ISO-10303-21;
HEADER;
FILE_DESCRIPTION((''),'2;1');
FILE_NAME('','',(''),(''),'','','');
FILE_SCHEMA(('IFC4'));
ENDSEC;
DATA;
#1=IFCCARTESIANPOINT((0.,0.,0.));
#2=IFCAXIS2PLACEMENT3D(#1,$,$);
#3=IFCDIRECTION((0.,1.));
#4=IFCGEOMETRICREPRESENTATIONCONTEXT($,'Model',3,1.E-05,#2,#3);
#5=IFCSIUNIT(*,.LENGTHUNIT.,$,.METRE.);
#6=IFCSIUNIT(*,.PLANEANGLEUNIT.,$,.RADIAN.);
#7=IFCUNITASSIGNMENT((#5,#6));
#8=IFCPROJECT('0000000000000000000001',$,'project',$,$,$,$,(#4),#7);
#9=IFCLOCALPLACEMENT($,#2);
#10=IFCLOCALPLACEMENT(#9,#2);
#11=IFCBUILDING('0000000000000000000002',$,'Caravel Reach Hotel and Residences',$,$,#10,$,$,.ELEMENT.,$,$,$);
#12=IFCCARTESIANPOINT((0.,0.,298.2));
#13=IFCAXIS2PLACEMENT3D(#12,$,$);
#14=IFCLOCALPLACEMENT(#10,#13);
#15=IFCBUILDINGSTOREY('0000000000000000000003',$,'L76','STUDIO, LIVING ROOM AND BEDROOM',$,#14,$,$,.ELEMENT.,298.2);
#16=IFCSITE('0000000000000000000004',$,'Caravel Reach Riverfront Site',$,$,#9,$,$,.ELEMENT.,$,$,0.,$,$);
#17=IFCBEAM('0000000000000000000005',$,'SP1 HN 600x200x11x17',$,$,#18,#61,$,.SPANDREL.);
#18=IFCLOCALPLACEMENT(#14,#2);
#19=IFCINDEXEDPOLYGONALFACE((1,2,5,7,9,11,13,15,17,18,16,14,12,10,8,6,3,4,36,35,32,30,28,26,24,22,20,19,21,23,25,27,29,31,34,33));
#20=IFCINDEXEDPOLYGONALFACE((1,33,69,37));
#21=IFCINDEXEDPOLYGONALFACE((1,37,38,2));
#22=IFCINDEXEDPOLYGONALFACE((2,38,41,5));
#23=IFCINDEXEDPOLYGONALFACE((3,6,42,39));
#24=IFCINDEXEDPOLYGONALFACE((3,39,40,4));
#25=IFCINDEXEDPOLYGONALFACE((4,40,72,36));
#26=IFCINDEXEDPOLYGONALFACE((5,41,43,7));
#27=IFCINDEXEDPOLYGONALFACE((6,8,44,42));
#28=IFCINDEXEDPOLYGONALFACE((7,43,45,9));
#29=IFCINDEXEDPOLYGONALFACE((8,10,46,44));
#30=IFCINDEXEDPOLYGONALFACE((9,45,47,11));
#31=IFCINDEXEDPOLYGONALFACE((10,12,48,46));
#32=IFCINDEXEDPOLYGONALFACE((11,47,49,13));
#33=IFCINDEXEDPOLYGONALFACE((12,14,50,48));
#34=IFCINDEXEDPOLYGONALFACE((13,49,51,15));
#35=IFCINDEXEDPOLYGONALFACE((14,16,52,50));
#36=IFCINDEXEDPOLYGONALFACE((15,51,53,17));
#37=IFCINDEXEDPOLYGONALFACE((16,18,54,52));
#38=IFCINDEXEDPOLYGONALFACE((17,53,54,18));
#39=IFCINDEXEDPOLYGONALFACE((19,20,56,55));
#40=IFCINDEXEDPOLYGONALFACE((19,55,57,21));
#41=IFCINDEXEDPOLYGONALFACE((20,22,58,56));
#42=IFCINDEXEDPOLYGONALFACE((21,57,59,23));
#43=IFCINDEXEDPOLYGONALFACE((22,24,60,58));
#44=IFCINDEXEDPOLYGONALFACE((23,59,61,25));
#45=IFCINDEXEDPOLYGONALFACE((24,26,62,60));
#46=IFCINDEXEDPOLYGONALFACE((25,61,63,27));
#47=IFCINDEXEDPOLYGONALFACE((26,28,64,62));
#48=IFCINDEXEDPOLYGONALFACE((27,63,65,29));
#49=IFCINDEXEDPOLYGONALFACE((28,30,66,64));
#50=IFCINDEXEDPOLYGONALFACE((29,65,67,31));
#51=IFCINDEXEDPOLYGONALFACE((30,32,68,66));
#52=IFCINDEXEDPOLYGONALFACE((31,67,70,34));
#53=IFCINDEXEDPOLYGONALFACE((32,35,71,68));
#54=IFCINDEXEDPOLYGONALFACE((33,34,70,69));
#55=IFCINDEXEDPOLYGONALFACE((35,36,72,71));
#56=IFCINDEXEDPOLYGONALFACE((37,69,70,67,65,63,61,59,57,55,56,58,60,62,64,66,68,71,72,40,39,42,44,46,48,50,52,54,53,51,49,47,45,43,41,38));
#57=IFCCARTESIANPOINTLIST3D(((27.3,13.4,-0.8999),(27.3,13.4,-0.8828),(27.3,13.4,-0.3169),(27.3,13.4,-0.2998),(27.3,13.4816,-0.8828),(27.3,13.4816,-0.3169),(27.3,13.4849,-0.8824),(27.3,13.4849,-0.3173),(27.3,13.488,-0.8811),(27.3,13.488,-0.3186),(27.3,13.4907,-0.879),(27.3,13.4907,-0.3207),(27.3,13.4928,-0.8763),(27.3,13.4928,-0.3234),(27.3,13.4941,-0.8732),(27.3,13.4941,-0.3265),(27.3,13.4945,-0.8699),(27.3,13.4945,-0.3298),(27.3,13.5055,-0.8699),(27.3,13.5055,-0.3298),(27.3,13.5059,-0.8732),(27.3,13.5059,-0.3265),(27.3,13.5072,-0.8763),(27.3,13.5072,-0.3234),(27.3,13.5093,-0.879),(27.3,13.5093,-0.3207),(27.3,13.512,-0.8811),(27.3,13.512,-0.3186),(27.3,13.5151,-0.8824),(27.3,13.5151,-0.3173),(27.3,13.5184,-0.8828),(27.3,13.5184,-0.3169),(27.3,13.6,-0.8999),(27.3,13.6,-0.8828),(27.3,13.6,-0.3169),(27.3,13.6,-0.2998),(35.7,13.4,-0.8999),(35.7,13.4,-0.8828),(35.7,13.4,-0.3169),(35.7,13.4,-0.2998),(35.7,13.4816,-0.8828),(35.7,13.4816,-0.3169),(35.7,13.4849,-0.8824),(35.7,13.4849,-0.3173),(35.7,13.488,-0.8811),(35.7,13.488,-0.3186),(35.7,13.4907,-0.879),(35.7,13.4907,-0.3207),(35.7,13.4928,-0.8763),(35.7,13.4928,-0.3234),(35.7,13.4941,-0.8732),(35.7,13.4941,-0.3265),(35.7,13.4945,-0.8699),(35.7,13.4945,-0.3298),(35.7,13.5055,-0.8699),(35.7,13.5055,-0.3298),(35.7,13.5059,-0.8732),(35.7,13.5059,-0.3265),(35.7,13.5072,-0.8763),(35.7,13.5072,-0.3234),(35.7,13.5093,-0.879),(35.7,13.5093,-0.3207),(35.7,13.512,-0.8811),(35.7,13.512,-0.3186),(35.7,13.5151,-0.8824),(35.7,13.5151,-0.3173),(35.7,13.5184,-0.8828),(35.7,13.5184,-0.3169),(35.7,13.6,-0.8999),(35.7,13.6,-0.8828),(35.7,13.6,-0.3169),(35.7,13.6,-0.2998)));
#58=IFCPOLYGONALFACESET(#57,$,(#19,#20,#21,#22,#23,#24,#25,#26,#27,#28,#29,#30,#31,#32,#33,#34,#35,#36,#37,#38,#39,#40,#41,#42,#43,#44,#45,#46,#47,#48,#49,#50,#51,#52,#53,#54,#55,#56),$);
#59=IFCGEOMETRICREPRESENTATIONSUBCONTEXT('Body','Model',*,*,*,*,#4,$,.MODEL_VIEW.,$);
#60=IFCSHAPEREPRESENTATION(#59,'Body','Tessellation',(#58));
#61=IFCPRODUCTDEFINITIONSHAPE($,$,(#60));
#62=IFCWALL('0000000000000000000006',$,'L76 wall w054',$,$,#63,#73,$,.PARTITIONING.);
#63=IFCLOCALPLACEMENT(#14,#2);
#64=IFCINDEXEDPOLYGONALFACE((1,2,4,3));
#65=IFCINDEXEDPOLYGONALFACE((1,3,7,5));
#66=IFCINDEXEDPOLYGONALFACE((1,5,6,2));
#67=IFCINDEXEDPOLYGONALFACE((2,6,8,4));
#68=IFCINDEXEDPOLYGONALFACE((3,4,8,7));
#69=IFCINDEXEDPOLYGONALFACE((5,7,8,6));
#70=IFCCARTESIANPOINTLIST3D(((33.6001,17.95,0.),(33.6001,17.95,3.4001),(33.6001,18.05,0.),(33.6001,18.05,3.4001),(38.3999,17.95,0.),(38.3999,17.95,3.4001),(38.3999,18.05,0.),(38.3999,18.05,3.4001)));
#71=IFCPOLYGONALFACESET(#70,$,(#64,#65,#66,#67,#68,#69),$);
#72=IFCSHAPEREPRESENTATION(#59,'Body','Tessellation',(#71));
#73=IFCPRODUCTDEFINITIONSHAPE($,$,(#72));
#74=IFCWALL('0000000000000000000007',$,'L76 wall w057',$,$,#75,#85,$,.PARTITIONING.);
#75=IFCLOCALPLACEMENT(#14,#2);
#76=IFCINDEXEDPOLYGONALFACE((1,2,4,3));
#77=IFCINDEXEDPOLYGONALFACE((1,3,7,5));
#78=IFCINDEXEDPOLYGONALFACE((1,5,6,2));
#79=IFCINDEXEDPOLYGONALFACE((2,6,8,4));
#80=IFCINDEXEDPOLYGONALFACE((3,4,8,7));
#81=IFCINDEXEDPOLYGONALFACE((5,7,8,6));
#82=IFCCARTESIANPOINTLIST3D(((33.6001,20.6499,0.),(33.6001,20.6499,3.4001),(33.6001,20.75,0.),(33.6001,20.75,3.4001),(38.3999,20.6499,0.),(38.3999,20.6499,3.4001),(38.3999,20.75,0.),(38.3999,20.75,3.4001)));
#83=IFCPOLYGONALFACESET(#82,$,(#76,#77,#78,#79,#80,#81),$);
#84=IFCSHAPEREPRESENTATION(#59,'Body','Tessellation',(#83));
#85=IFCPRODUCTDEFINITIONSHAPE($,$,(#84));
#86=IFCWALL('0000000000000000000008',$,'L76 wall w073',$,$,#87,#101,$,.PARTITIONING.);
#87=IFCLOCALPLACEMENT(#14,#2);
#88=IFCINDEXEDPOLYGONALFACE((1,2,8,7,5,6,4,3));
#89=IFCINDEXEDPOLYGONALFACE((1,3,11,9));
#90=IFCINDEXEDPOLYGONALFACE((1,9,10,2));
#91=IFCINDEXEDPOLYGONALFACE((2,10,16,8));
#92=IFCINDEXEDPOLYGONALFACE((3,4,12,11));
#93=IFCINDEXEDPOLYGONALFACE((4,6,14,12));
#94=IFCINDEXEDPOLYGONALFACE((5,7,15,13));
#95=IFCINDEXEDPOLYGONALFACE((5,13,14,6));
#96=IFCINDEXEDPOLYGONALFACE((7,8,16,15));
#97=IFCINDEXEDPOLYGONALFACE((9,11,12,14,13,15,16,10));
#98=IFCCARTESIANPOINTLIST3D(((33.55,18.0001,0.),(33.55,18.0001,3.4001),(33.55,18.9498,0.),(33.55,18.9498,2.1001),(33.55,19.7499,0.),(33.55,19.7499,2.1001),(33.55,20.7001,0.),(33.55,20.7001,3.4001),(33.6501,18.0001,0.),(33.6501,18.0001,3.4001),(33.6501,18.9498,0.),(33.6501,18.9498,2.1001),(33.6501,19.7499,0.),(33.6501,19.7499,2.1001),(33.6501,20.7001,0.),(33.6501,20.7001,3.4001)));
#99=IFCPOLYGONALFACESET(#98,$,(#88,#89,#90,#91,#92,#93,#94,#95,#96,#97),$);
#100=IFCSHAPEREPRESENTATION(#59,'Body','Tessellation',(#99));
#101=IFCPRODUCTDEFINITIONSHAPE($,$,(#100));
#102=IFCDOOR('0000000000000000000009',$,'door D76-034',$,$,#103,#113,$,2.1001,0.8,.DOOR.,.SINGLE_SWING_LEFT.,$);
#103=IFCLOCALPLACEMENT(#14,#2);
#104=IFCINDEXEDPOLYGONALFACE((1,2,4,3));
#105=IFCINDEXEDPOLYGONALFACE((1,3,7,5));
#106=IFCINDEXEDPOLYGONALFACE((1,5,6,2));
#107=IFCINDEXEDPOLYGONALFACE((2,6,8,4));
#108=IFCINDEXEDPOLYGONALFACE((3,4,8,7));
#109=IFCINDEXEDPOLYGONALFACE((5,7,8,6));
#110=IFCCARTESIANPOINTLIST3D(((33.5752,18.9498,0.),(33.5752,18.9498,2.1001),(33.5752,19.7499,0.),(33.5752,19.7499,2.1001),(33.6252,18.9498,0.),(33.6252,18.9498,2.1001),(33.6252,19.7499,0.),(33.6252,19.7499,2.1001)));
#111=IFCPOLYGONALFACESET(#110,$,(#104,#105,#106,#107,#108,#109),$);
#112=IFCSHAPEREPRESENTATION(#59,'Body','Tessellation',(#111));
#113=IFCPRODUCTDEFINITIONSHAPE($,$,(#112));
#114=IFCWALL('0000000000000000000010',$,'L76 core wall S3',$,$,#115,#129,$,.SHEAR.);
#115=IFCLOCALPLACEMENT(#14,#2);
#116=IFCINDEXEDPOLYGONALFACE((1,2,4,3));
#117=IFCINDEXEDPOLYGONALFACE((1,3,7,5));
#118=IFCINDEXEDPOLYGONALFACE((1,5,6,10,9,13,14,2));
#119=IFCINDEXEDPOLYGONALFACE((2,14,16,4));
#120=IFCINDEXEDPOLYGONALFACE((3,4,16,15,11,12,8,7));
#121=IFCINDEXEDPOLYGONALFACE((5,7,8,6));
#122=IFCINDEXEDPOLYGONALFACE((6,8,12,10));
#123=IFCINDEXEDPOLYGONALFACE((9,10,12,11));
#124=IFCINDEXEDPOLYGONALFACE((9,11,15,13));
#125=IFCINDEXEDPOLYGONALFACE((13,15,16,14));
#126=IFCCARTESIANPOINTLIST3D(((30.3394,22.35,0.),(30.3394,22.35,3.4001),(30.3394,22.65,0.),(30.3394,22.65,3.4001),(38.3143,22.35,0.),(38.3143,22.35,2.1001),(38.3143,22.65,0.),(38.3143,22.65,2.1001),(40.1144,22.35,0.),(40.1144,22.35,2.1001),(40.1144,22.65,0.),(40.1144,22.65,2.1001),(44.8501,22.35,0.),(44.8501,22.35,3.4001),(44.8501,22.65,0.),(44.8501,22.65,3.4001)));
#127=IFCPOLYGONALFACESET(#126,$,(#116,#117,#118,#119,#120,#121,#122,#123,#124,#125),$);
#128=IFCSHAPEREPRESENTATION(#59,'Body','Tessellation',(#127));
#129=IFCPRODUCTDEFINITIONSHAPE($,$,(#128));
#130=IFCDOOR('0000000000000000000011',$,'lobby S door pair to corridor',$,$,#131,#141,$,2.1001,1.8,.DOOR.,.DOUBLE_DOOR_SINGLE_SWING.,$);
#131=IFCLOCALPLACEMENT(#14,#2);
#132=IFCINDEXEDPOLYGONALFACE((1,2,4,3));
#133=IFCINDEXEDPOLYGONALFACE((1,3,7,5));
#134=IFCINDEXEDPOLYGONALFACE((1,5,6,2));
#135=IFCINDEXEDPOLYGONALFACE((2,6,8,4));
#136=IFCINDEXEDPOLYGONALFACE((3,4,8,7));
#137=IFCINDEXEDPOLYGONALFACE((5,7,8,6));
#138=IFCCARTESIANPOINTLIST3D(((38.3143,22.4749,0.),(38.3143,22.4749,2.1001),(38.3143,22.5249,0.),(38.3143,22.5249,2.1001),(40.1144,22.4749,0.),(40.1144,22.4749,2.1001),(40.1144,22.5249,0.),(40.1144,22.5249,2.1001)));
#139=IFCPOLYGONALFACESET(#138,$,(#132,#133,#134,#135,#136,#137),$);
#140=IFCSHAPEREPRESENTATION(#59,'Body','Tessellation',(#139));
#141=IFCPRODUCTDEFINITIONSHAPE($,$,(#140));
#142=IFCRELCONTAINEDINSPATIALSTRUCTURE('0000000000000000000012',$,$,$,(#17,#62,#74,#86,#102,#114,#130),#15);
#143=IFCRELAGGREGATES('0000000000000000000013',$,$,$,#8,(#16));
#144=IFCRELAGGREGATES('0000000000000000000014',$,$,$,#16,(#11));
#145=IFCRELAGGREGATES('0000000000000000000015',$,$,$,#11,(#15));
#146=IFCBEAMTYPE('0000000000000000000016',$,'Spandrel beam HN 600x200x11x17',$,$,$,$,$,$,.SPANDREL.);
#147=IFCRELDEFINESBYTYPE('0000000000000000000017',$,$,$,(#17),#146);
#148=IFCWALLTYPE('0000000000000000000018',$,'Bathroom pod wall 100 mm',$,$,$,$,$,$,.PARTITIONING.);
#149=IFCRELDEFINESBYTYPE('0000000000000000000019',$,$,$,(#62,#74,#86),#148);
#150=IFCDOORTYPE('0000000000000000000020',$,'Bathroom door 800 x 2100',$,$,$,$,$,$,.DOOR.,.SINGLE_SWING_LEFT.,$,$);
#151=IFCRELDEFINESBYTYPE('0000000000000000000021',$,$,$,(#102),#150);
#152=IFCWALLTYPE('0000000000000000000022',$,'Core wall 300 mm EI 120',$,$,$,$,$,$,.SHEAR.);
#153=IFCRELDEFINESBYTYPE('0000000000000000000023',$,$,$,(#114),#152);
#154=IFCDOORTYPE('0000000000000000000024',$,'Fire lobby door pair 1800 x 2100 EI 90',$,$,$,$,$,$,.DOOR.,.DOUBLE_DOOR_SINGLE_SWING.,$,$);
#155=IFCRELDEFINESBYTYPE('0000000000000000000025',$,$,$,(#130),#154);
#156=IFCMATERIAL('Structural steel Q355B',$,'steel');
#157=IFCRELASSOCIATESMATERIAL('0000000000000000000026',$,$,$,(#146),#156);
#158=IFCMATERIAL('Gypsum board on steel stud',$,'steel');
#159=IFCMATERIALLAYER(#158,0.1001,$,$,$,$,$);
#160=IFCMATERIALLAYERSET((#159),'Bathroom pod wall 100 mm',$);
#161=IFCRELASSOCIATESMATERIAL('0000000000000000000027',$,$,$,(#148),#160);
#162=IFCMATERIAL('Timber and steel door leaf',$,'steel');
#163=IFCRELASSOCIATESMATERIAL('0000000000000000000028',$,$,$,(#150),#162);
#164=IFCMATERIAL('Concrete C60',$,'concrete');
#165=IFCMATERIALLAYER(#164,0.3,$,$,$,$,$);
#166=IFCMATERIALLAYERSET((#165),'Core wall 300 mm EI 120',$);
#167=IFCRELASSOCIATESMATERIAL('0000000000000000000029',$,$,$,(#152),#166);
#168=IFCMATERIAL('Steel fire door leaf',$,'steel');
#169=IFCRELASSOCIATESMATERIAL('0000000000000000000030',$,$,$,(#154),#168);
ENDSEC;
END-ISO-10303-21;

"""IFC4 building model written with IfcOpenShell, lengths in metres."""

from ifc_helpers import new_model, si_unit, direction, frame, frame_2d, origin, origin_2d, place, context, subcontext, project, spatial, rectangle, i_section, extrude, material, layer, layer_set, material_profile, profile_set, type_object, element, fill, save


model = new_model("IFC4")

# Units and contexts
model_context = context("Model", 3, precision=1e-05, world=origin(), true_north=direction((0.0, 1.0)))
body_context = subcontext(model_context, "Body", "Model", "MODEL_VIEW")
ifc_project = project(units=[si_unit("LENGTHUNIT", "METRE"), si_unit("PLANEANGLEUNIT", "RADIAN")], contexts=[model_context])

# Site, building, storey
site_placement = place(None, origin())
site = spatial("IfcSite", under=ifc_project, at=site_placement, Name="Caravel Reach Riverfront Site", CompositionType="ELEMENT", RefElevation=0.0)
building_placement = place(site_placement, origin())
building = spatial("IfcBuilding", under=site, at=building_placement, Name="Caravel Reach Hotel and Residences", CompositionType="ELEMENT")
storey_placement = place(building_placement, frame((0.0, 0.0, 298.2)))
storey = spatial("IfcBuildingStorey", under=building, at=storey_placement, Name="L76", Description="STUDIO, LIVING ROOM AND BEDROOM", CompositionType="ELEMENT", Elevation=298.2)

# Beam
ifc_material_1 = material(Name="Structural steel Q355B", Category="steel")
ifc_material_profile = material_profile(ifc_material_1, i_section(OverallWidth=0.2, OverallDepth=0.6001, WebThickness=0.011, FlangeThickness=0.0171, FilletRadius=0.0129, at=origin_2d()), Name="HN 600x200x11x17")
ifc_profile_set = profile_set([ifc_material_profile], Name="Structural steel Q355B")
beam_type = type_object("IfcBeamType", Name="Spandrel beam HN 600x200x11x17", PredefinedType="SPANDREL", material=ifc_profile_set)
beam_placement = place(storey_placement, frame((27.3, 13.5, -0.5999), z_axis=(1.0, 0.0, 0.0), x_axis=(0.0, 1.0, 0.0)))
element("IfcBeam", 1, at=beam_placement, inside=storey, type_object=beam_type, Name="SP1 HN 600x200x11x17", PredefinedType="SPANDREL", context=body_context, shape_type="SweptSolid", body=[
    extrude(i_section(OverallWidth=0.2, OverallDepth=0.6001, WebThickness=0.011, FlangeThickness=0.0171, FilletRadius=0.0129, at=origin_2d()), origin(), (0.0, 0.0, 1.0), 8.3999),
])

# Walls
ifc_material_2 = material(Name="Gypsum board on steel stud", Category="steel")
ifc_layer_1 = layer(ifc_material_2, 0.1001)
ifc_layer_set_1 = layer_set([ifc_layer_1], Name="Bathroom pod wall 100 mm")
wall_type_1 = type_object("IfcWallType", Name="Bathroom pod wall 100 mm", PredefinedType="PARTITIONING", material=ifc_layer_set_1)
for number, where, z_axis, x_axis, name in (
    (2, (33.6001, 18.0, 0.0), (0.0, 0.0, 1.0), (1.0, 0.0, 0.0), "L76 wall w054"),
    (3, (33.6001, 20.7, 0.0), (0.0, 0.0, 1.0), (1.0, 0.0, 0.0), "L76 wall w057"),
):
    element("IfcWall", number, at=place(storey_placement, frame(where, z_axis=z_axis, x_axis=x_axis)), inside=storey, type_object=wall_type_1, Name=name, PredefinedType="PARTITIONING", context=body_context, shape_type="SweptSolid", body=[
        extrude(rectangle(XDim=4.7998, YDim=0.1001, at=frame_2d((2.3999, 0.0))), origin(), (0.0, 0.0, 1.0), 3.4001),
    ])

# Walls, openings, doors
wall_1_placement = place(storey_placement, frame((33.6001, 18.0, 0.0), z_axis=(0.0, 0.0, 1.0), x_axis=(0.0, 1.0, 0.0)))
wall_1 = element("IfcWall", 4, at=wall_1_placement, inside=storey, type_object=wall_type_1, Name="L76 wall w073", PredefinedType="PARTITIONING", context=body_context, shape_type="SweptSolid", body=[
    extrude(rectangle(XDim=2.7, YDim=0.1001, at=frame_2d((1.3501, 0.0))), origin(), (0.0, 0.0, 1.0), 3.4001),
])
opening_1_placement = place(wall_1_placement, frame((0.95, 0.0, 0.0)))
opening_1 = element("IfcOpeningElement", 5, at=opening_1_placement, cuts=wall_1, PredefinedType="OPENING", context=body_context, shape_type="SweptSolid", body=[
    extrude(rectangle(XDim=0.8, YDim=2.1001, at=frame_2d((0.3999, 1.05))), frame((0.0, 0.0601, 0.0), z_axis=(0.0, -1.0, 0.0), x_axis=(1.0, 0.0, 0.0)), (0.0, 0.0, 1.0), 0.1201),
])
ifc_material_3 = material(Name="Timber and steel door leaf", Category="steel")
door_type_1 = type_object("IfcDoorType", Name="Bathroom door 800 x 2100", OperationType="SINGLE_SWING_LEFT", PredefinedType="DOOR", material=ifc_material_3)
door_1_placement = place(opening_1_placement, origin())
door_1 = element("IfcDoor", 6, at=door_1_placement, inside=storey, type_object=door_type_1, Name="door D76-034", OperationType="SINGLE_SWING_LEFT", OverallHeight=2.1001, OverallWidth=0.8, PredefinedType="DOOR", context=body_context, shape_type="SweptSolid", body=[
    extrude(rectangle(XDim=0.8, YDim=2.1001, at=frame_2d((0.3999, 1.05))), frame((0.0, 0.0249, 0.0), z_axis=(0.0, -1.0, 0.0), x_axis=(1.0, 0.0, 0.0)), (0.0, 0.0, 1.0), 0.05),
])
fill(opening_1, door_1)
ifc_material_4 = material(Name="Concrete C60", Category="concrete")
ifc_layer_2 = layer(ifc_material_4, 0.3)
ifc_layer_set_2 = layer_set([ifc_layer_2], Name="Core wall 300 mm EI 120")
wall_type_2 = type_object("IfcWallType", Name="Core wall 300 mm EI 120", PredefinedType="SHEAR", material=ifc_layer_set_2)
wall_2_placement = place(storey_placement, frame((30.3394, 22.5, 0.0), z_axis=(0.0, 0.0, 1.0), x_axis=(1.0, 0.0, 0.0)))
wall_2 = element("IfcWall", 7, at=wall_2_placement, inside=storey, type_object=wall_type_2, Name="L76 core wall S3", PredefinedType="SHEAR", context=body_context, shape_type="SweptSolid", body=[
    extrude(rectangle(XDim=14.5107, YDim=0.3, at=frame_2d((7.2554, 0.0))), origin(), (0.0, 0.0, 1.0), 3.4001),
])
opening_2_placement = place(wall_2_placement, frame((7.9751, 0.0, 0.0)))
opening_2 = element("IfcOpeningElement", 8, at=opening_2_placement, cuts=wall_2, PredefinedType="OPENING", context=body_context, shape_type="SweptSolid", body=[
    extrude(rectangle(XDim=1.8, YDim=2.1001, at=frame_2d((0.8999, 1.05))), frame((0.0, 0.1599, 0.0), z_axis=(0.0, -1.0, 0.0), x_axis=(1.0, 0.0, 0.0)), (0.0, 0.0, 1.0), 0.3201),
])
ifc_material_5 = material(Name="Steel fire door leaf", Category="steel")
door_type_2 = type_object("IfcDoorType", Name="Fire lobby door pair 1800 x 2100 EI 90", OperationType="DOUBLE_DOOR_SINGLE_SWING", PredefinedType="DOOR", material=ifc_material_5)
door_2_placement = place(opening_2_placement, origin())
door_2 = element("IfcDoor", 9, at=door_2_placement, inside=storey, type_object=door_type_2, Name="lobby S door pair to corridor", OperationType="DOUBLE_DOOR_SINGLE_SWING", OverallHeight=2.1001, OverallWidth=1.8, PredefinedType="DOOR", context=body_context, shape_type="SweptSolid", body=[
    extrude(rectangle(XDim=1.8, YDim=2.1001, at=frame_2d((0.8999, 1.05))), frame((0.0, 0.0249, 0.0), z_axis=(0.0, -1.0, 0.0), x_axis=(1.0, 0.0, 0.0)), (0.0, 0.0, 1.0), 0.05),
])
fill(opening_2, door_2)

save(model, "model.ifc")
